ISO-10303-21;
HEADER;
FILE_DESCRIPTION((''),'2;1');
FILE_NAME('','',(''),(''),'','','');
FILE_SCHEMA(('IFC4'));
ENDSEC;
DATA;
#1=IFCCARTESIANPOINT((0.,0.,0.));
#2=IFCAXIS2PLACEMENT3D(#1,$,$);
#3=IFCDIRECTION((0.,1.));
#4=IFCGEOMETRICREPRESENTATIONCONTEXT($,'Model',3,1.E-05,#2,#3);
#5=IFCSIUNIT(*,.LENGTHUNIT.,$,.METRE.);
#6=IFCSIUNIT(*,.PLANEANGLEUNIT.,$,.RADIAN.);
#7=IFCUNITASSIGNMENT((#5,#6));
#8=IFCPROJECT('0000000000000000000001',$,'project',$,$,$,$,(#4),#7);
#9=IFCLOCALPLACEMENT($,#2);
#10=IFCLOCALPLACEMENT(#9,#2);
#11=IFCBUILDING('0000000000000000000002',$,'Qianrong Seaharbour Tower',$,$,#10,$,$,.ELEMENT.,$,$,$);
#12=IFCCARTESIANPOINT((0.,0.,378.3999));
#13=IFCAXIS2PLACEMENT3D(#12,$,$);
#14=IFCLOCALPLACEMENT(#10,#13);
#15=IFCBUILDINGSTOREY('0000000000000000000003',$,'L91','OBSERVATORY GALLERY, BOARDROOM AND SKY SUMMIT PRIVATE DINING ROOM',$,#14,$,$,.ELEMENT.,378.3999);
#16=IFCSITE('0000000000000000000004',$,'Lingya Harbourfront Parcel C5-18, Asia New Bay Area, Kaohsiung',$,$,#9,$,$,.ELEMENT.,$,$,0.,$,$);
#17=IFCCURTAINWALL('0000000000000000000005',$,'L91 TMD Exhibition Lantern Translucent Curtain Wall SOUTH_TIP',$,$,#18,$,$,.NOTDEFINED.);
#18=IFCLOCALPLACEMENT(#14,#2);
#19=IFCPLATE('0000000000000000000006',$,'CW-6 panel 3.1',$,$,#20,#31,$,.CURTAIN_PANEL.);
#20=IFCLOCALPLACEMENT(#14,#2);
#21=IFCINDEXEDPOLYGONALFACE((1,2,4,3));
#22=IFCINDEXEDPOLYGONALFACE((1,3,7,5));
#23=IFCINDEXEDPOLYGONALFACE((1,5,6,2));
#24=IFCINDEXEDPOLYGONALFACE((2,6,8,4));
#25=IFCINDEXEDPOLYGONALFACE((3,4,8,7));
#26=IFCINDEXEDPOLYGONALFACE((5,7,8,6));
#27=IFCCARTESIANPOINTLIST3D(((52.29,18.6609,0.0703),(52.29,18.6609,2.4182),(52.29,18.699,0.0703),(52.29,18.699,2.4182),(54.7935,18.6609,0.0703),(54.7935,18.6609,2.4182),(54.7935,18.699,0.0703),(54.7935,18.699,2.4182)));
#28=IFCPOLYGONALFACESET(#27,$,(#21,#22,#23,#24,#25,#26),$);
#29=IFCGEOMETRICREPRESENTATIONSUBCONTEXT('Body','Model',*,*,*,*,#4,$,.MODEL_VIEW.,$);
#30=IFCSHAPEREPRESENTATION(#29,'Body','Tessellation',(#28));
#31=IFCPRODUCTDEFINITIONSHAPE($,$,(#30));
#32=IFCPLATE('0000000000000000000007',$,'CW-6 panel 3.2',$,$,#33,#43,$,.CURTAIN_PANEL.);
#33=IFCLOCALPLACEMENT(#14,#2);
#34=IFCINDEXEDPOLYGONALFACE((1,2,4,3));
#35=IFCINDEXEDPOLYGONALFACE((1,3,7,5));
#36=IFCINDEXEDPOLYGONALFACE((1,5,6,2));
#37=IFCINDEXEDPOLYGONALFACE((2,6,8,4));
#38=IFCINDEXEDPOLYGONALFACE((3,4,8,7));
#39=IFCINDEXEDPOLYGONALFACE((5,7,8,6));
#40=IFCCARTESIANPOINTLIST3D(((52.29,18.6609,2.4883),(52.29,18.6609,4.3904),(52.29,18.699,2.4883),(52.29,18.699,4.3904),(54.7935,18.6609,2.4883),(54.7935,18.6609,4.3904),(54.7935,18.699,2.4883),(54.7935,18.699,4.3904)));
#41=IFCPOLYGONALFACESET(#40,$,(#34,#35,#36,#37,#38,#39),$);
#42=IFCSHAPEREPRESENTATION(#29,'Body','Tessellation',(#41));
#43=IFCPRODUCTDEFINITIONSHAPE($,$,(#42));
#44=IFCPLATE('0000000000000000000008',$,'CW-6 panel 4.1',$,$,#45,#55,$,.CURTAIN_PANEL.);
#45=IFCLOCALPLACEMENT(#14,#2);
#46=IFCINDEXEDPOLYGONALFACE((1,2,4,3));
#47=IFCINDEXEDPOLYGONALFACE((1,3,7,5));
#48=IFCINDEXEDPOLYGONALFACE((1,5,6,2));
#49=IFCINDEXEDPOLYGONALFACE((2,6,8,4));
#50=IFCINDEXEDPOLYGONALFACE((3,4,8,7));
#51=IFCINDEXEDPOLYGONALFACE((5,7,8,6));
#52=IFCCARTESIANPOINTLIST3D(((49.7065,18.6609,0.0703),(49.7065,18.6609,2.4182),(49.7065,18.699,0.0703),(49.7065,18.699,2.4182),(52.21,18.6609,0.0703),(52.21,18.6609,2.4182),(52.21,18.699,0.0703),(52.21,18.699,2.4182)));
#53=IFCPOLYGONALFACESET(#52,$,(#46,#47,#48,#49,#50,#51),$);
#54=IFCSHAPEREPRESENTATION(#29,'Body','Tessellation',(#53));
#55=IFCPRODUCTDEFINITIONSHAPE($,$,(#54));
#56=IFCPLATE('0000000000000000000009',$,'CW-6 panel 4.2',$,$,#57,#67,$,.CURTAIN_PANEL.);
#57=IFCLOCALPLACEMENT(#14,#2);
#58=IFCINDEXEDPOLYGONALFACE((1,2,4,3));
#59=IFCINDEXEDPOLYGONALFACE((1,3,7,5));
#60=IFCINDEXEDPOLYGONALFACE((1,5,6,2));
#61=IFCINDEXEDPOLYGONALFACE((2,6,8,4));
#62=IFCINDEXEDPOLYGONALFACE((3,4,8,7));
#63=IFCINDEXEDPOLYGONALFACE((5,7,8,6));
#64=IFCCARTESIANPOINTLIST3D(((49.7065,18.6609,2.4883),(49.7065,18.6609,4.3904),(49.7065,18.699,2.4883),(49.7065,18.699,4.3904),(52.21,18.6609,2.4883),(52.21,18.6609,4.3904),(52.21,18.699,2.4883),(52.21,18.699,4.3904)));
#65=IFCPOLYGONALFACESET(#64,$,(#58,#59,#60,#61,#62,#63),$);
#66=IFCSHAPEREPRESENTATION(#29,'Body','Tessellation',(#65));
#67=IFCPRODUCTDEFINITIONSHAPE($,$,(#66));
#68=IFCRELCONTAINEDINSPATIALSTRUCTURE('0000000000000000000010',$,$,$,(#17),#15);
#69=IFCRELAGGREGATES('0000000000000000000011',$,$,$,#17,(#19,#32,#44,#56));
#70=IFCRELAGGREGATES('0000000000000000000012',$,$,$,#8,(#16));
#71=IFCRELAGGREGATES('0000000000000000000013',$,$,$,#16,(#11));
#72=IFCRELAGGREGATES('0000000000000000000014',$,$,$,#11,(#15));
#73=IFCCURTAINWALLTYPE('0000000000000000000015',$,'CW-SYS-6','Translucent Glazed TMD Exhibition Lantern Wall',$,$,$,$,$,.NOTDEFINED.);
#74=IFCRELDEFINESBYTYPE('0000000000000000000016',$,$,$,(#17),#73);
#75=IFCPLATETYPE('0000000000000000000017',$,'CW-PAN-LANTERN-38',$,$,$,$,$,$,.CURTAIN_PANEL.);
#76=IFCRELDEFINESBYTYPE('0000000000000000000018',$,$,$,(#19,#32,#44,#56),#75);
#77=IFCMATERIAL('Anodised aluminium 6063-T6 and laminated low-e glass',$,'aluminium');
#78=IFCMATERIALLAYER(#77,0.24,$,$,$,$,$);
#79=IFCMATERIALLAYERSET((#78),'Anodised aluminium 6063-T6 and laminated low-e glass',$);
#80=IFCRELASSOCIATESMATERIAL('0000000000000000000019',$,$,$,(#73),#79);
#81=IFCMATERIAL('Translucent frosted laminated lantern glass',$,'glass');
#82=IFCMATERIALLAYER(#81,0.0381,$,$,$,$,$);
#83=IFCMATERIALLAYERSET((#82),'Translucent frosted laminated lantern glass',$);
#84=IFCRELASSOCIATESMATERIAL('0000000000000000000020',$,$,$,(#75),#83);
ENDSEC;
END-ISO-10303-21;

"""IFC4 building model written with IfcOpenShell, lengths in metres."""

from ifc_helpers import new_model, si_unit, direction, frame, origin, origin_2d, place, context, subcontext, project, spatial, rectangle, extrude, material, layer, layer_set, type_object, element, aggregate, save


model = new_model("IFC4")

# Units and contexts
model_context = context("Model", 3, precision=1e-05, world=origin(), true_north=direction((0.0, 1.0)))
body_context = subcontext(model_context, "Body", "Model", "MODEL_VIEW")
ifc_project = project(units=[si_unit("LENGTHUNIT", "METRE"), si_unit("PLANEANGLEUNIT", "RADIAN")], contexts=[model_context])

# Site, building, storey
site_placement = place(None, origin())
site = spatial("IfcSite", under=ifc_project, at=site_placement, Name="Lingya Harbourfront Parcel C5-18, Asia New Bay Area, Kaohsiung", CompositionType="ELEMENT", RefElevation=0.0)
building_placement = place(site_placement, origin())
building = spatial("IfcBuilding", under=site, at=building_placement, Name="Qianrong Seaharbour Tower", CompositionType="ELEMENT")
storey_placement = place(building_placement, frame((0.0, 0.0, 378.3999)))
storey = spatial("IfcBuildingStorey", under=building, at=storey_placement, Name="L91", Description="OBSERVATORY GALLERY, BOARDROOM AND SKY SUMMIT PRIVATE DINING ROOM", CompositionType="ELEMENT", Elevation=378.3999)

# Curtain wall, plates
ifc_material_1 = material(Name="Anodised aluminium 6063-T6 and laminated low-e glass", Category="aluminium")
ifc_layer_1 = layer(ifc_material_1, 0.24)
ifc_layer_set_1 = layer_set([ifc_layer_1], Name="Anodised aluminium 6063-T6 and laminated low-e glass")
curtain_wall_type = type_object("IfcCurtainWallType", Name="CW-SYS-6", Description="Translucent Glazed TMD Exhibition Lantern Wall", PredefinedType="NOTDEFINED", material=ifc_layer_set_1)
curtain_wall_placement = place(storey_placement, origin())
curtain_wall = element("IfcCurtainWall", 1, at=curtain_wall_placement, inside=storey, type_object=curtain_wall_type, Name="L91 TMD Exhibition Lantern Translucent Curtain Wall SOUTH_TIP", PredefinedType="NOTDEFINED")
ifc_material_2 = material(Name="Translucent frosted laminated lantern glass", Category="glass")
ifc_layer_2 = layer(ifc_material_2, 0.0381)
ifc_layer_set_2 = layer_set([ifc_layer_2], Name="Translucent frosted laminated lantern glass")
plate_type = type_object("IfcPlateType", Name="CW-PAN-LANTERN-38", PredefinedType="CURTAIN_PANEL", material=ifc_layer_set_2)
plate_1_placement = place(storey_placement, frame((53.5417, 18.6799, 0.0703), z_axis=(0.0, 0.0, 1.0), x_axis=(-1.0, 0.0, 0.0)))
plate_1 = element("IfcPlate", 2, at=plate_1_placement, type_object=plate_type, Name="CW-6 panel 3.1", PredefinedType="CURTAIN_PANEL", context=body_context, shape_type="SweptSolid", body=[
    extrude(rectangle(XDim=2.5034, YDim=0.0381, at=origin_2d()), origin(), (0.0, 0.0, 1.0), 2.3479),
])
plate_2_placement = place(storey_placement, frame((53.5417, 18.6799, 2.4883), z_axis=(0.0, 0.0, 1.0), x_axis=(-1.0, 0.0, 0.0)))
plate_2 = element("IfcPlate", 3, at=plate_2_placement, type_object=plate_type, Name="CW-6 panel 3.2", PredefinedType="CURTAIN_PANEL", context=body_context, shape_type="SweptSolid", body=[
    extrude(rectangle(XDim=2.5034, YDim=0.0381, at=origin_2d()), origin(), (0.0, 0.0, 1.0), 1.9021),
])
plate_3_placement = place(storey_placement, frame((50.9583, 18.6799, 0.0703), z_axis=(0.0, 0.0, 1.0), x_axis=(-1.0, 0.0, 0.0)))
plate_3 = element("IfcPlate", 4, at=plate_3_placement, type_object=plate_type, Name="CW-6 panel 4.1", PredefinedType="CURTAIN_PANEL", context=body_context, shape_type="SweptSolid", body=[
    extrude(rectangle(XDim=2.5034, YDim=0.0381, at=origin_2d()), origin(), (0.0, 0.0, 1.0), 2.3479),
])
plate_4_placement = place(storey_placement, frame((50.9583, 18.6799, 2.4883), z_axis=(0.0, 0.0, 1.0), x_axis=(-1.0, 0.0, 0.0)))
plate_4 = element("IfcPlate", 5, at=plate_4_placement, type_object=plate_type, Name="CW-6 panel 4.2", PredefinedType="CURTAIN_PANEL", context=body_context, shape_type="SweptSolid", body=[
    extrude(rectangle(XDim=2.5034, YDim=0.0381, at=origin_2d()), origin(), (0.0, 0.0, 1.0), 1.9021),
])
aggregate(curtain_wall, [plate_1, plate_2, plate_3, plate_4])

save(model, "model.ifc")
